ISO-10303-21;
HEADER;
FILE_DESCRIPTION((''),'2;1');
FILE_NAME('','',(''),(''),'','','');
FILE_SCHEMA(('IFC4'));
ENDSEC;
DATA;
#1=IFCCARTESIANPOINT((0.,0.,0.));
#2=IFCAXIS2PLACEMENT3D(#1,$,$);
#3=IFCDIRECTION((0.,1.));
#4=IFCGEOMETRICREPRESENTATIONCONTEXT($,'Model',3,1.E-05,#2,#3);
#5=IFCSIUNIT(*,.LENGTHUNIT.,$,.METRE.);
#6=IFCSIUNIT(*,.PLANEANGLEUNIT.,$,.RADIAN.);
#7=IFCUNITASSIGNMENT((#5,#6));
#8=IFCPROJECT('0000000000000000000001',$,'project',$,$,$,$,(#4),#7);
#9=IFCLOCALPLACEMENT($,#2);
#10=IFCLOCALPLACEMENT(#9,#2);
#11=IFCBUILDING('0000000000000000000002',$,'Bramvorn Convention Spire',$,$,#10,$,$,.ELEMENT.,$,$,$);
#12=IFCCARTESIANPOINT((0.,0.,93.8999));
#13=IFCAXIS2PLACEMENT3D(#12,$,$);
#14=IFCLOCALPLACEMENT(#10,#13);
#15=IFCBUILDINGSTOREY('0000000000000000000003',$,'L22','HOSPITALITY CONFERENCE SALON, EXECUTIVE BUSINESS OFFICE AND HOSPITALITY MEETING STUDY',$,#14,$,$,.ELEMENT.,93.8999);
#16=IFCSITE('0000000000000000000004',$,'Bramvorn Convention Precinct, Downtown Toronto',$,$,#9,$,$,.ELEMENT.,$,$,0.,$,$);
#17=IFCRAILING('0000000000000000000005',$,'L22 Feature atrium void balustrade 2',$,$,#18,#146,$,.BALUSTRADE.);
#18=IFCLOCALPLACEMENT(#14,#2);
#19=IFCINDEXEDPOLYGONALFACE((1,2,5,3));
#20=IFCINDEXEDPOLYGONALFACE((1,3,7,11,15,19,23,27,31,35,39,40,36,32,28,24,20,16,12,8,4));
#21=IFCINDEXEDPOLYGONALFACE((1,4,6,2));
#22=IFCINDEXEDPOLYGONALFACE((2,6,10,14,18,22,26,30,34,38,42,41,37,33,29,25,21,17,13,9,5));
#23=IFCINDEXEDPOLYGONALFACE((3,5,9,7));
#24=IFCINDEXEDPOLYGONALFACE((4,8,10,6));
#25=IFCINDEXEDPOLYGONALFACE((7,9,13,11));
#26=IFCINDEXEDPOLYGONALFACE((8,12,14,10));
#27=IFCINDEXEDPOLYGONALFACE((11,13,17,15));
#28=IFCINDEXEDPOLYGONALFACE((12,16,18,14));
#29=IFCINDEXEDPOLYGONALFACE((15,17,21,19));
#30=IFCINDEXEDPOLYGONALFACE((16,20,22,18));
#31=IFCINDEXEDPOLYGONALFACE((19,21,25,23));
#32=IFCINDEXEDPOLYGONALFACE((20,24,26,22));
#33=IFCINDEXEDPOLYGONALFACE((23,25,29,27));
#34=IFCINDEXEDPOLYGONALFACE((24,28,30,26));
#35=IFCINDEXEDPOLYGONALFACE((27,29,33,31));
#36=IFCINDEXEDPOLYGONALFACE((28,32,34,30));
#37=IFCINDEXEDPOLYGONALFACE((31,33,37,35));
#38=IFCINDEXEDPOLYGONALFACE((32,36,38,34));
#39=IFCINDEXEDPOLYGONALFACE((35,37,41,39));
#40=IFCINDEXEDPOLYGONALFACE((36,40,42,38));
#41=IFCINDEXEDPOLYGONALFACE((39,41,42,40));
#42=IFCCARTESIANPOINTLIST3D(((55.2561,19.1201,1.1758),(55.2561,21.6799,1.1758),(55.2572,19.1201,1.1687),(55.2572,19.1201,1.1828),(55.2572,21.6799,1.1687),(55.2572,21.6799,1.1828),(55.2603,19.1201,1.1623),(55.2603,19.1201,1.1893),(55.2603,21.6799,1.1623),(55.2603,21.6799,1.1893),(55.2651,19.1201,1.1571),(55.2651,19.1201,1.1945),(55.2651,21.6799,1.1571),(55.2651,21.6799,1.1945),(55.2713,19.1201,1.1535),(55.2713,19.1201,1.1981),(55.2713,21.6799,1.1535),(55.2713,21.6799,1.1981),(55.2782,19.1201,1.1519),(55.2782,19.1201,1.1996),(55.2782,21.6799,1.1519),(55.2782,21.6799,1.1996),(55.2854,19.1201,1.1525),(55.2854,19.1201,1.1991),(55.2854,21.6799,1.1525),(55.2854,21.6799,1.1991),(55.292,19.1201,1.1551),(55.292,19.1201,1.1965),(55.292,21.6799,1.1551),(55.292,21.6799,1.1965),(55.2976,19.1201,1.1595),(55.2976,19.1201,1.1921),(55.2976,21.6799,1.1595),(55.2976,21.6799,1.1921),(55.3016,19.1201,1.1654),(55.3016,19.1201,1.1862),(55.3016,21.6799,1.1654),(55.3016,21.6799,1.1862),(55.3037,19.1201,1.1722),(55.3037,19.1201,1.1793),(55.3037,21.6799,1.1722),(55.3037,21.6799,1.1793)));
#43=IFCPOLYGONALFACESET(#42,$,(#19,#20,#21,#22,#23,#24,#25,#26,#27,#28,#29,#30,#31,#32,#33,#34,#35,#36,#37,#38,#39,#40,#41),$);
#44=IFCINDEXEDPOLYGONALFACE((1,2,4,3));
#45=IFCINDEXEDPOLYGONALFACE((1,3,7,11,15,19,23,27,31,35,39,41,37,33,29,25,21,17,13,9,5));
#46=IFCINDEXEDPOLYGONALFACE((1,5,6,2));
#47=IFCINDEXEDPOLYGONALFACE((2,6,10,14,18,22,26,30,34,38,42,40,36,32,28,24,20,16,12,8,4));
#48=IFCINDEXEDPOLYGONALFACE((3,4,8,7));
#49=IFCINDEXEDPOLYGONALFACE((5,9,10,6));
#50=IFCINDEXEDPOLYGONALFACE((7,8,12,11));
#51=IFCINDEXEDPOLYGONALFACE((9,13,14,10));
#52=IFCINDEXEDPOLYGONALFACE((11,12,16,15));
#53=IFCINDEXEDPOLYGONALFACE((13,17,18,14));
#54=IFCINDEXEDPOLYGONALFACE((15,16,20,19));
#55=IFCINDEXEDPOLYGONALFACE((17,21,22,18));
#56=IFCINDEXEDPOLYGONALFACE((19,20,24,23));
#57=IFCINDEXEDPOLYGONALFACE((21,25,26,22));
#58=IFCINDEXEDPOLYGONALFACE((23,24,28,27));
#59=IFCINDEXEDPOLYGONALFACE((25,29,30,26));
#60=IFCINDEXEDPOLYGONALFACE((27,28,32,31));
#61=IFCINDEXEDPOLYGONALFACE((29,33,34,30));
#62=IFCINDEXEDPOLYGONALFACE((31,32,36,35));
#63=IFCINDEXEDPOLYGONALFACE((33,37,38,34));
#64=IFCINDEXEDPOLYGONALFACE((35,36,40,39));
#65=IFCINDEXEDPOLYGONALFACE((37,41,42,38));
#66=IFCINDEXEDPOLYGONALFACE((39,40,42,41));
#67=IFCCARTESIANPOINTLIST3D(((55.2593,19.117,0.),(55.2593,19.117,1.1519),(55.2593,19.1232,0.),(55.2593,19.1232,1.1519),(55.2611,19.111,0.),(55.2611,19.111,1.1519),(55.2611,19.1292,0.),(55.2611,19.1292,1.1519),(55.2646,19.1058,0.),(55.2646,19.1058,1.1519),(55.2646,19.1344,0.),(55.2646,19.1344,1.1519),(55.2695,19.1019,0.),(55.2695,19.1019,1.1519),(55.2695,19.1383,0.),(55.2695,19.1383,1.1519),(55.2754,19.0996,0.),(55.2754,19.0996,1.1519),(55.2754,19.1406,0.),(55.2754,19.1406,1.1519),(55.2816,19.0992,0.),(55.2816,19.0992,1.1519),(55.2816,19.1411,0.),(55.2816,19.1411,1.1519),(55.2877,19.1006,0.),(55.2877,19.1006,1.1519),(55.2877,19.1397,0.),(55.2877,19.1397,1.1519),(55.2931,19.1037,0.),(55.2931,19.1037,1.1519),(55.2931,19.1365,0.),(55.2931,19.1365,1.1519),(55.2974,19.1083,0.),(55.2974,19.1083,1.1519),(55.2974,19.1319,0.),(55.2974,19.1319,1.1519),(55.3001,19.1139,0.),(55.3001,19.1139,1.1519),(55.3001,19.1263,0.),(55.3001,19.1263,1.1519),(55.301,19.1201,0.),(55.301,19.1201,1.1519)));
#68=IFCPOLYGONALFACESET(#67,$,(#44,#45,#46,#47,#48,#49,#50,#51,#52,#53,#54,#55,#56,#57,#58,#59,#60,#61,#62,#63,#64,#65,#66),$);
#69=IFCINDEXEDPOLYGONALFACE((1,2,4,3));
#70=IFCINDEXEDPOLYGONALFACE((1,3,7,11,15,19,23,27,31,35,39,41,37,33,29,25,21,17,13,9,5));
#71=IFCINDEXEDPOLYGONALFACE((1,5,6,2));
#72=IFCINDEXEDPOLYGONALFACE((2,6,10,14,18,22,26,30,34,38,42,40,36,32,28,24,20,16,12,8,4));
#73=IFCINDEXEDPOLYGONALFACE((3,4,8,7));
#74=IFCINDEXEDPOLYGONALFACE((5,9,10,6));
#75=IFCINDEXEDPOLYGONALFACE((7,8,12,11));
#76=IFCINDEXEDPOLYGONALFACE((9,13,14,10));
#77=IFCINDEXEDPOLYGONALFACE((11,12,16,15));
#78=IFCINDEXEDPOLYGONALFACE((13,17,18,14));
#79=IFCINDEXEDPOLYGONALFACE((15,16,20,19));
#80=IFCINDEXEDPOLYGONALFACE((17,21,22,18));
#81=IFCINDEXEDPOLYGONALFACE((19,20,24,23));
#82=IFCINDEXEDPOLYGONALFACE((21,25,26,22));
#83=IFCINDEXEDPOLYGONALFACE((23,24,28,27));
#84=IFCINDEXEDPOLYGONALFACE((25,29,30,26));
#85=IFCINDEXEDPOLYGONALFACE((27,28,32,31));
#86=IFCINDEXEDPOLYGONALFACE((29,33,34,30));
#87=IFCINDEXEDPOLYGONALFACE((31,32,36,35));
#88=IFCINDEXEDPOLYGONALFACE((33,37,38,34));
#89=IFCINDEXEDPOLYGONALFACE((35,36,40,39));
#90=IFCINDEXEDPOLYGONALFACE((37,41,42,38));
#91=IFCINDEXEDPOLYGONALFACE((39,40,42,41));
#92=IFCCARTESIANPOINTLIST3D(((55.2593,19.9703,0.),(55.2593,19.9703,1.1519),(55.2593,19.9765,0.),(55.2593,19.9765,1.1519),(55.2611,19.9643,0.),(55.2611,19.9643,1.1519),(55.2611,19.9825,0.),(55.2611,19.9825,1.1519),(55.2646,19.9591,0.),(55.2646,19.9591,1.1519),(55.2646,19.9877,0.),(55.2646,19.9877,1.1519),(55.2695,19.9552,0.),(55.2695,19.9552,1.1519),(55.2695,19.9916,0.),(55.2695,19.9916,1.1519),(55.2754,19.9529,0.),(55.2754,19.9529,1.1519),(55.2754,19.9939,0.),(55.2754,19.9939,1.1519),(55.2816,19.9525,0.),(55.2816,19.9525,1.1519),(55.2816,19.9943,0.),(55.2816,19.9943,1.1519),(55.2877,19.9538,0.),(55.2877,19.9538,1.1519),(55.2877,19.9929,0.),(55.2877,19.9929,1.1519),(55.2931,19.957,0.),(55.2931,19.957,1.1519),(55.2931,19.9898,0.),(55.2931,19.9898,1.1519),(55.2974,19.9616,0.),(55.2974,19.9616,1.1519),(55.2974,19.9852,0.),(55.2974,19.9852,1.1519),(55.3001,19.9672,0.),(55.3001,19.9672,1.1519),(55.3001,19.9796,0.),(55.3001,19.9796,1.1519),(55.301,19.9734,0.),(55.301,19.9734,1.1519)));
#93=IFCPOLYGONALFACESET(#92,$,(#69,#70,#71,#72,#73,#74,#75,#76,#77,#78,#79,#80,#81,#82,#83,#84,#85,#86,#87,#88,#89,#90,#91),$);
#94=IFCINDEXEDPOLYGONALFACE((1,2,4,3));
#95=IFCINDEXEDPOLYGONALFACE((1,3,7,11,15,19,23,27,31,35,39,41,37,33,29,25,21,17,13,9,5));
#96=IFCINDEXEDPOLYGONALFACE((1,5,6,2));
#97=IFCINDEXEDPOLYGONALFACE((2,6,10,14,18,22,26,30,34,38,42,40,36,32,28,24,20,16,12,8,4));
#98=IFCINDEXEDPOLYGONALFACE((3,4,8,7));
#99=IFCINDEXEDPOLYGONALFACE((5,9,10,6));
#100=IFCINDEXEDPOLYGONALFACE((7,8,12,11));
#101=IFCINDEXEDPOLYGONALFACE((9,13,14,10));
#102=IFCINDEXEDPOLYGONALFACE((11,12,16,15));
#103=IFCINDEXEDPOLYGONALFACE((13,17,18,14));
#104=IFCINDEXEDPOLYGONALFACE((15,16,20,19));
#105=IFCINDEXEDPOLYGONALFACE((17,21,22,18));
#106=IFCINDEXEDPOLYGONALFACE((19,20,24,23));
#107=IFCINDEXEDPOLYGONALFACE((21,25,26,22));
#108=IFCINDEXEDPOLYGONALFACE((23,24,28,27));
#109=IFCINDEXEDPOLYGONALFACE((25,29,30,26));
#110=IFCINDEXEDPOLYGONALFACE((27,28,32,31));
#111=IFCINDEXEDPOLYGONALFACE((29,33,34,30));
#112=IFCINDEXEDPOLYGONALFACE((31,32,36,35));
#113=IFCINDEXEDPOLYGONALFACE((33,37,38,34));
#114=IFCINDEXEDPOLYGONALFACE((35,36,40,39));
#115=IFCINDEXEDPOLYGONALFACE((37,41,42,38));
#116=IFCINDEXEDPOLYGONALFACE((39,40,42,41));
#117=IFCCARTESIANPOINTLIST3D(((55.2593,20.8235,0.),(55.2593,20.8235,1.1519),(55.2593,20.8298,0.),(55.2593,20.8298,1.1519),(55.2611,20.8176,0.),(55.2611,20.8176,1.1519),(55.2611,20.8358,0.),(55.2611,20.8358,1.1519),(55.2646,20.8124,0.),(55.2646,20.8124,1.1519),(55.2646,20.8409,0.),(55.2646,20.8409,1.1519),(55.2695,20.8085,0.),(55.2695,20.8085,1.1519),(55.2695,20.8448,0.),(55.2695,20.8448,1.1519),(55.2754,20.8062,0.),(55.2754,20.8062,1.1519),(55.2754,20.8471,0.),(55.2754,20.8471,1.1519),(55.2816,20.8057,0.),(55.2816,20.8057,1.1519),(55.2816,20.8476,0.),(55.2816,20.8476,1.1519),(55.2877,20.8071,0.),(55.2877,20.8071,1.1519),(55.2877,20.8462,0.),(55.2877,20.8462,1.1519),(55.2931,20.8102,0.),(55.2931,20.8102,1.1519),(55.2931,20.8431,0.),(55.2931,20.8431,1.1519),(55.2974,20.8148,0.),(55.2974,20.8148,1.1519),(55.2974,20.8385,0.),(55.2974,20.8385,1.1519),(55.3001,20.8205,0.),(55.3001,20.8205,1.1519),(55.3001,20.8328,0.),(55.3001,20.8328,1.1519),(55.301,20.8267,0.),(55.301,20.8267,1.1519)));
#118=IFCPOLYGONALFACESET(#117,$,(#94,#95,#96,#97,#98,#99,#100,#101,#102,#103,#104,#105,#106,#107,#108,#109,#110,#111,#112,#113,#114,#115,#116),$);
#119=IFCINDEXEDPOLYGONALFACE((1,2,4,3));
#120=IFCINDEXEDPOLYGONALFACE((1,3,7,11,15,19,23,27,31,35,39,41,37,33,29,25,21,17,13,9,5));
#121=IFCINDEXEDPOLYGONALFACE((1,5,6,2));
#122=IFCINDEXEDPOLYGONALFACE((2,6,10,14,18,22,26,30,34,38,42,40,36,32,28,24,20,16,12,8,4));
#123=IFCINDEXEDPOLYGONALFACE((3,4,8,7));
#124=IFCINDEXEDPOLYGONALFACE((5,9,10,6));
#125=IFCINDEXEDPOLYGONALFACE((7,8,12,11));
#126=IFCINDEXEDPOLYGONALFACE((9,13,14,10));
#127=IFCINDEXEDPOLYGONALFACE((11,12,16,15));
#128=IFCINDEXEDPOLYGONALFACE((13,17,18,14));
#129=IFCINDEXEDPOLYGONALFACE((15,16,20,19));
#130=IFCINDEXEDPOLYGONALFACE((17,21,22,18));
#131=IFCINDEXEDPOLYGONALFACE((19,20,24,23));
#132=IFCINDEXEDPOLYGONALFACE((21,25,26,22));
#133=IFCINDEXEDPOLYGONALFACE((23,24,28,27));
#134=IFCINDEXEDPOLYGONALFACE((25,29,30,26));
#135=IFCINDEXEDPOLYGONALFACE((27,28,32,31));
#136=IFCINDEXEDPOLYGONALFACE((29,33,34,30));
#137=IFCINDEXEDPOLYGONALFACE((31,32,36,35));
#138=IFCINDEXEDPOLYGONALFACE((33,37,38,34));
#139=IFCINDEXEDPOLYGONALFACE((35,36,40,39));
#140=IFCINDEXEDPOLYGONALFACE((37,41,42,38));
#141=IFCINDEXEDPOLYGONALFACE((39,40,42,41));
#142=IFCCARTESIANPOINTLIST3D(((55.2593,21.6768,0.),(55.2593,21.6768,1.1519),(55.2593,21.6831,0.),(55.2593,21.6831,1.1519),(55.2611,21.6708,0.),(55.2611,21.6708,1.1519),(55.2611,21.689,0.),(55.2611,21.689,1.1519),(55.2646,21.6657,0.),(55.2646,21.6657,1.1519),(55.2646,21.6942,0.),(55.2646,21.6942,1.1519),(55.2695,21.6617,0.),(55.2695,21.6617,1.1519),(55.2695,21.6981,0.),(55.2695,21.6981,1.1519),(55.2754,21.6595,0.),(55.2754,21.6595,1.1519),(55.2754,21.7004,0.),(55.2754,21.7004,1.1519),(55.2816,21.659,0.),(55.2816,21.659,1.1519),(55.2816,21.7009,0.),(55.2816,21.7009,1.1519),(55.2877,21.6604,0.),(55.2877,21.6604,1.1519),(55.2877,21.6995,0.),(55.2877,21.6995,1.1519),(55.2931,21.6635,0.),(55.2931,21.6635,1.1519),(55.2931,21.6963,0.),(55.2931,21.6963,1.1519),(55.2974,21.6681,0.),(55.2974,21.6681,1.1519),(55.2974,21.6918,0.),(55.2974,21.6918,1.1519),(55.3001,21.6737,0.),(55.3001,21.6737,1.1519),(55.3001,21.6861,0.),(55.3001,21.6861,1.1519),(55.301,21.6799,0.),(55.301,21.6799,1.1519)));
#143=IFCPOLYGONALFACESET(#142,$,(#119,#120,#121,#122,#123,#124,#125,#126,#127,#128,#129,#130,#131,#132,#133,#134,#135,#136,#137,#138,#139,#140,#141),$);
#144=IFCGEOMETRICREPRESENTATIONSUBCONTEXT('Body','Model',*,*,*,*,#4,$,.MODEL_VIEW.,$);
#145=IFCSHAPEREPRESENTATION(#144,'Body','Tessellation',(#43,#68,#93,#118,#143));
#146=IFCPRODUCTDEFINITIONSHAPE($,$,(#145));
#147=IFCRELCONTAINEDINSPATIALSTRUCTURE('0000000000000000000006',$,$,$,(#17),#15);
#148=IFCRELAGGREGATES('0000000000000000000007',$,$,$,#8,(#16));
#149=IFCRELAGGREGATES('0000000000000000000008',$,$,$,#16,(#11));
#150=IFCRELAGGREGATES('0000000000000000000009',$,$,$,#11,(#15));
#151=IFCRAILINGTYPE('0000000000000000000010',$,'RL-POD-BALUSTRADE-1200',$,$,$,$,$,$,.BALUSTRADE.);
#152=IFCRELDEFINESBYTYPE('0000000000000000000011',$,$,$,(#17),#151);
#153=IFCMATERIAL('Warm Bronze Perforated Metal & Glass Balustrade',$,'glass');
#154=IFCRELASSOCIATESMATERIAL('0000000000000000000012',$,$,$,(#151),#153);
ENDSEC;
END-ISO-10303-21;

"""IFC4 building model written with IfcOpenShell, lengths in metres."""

from ifc_helpers import new_model, si_unit, direction, frame, origin, origin_2d, place, context, subcontext, project, spatial, circle, extrude, material, type_object, element, save


model = new_model("IFC4")

# Units and contexts
model_context = context("Model", 3, precision=1e-05, world=origin(), true_north=direction((0.0, 1.0)))
body_context = subcontext(model_context, "Body", "Model", "MODEL_VIEW")
ifc_project = project(units=[si_unit("LENGTHUNIT", "METRE"), si_unit("PLANEANGLEUNIT", "RADIAN")], contexts=[model_context])

# Site, building, storey
site_placement = place(None, origin())
site = spatial("IfcSite", under=ifc_project, at=site_placement, Name="Bramvorn Convention Precinct, Downtown Toronto", CompositionType="ELEMENT", RefElevation=0.0)
building_placement = place(site_placement, origin())
building = spatial("IfcBuilding", under=site, at=building_placement, Name="Bramvorn Convention Spire", CompositionType="ELEMENT")
storey_placement = place(building_placement, frame((0.0, 0.0, 93.8999)))
storey = spatial("IfcBuildingStorey", under=building, at=storey_placement, Name="L22", Description="HOSPITALITY CONFERENCE SALON, EXECUTIVE BUSINESS OFFICE AND HOSPITALITY MEETING STUDY", CompositionType="ELEMENT", Elevation=93.8999)

# Railing
ifc_material_1 = material(Name="Warm Bronze Perforated Metal & Glass Balustrade", Category="glass")
railing_type = type_object("IfcRailingType", Name="RL-POD-BALUSTRADE-1200", PredefinedType="BALUSTRADE", material=ifc_material_1)
railing_1_placement = place(storey_placement, frame((55.28, 19.1201, 0.0)))
element("IfcRailing", 1, at=railing_1_placement, inside=storey, type_object=railing_type, Name="L22 Feature atrium void balustrade 2", PredefinedType="BALUSTRADE", context=body_context, shape_type="SweptSolid", body=[
    extrude(circle(Radius=0.0239, at=origin_2d()), frame((0.0, 0.0, 1.1758), z_axis=(0.0, 1.0, 0.0), x_axis=(-1.0, 0.0, 0.0)), (0.0, 0.0, 1.0), 2.5598),
    extrude(circle(Radius=0.021, at=origin_2d()), origin(), (0.0, 0.0, 1.0), 1.1519),
    extrude(circle(Radius=0.021, at=origin_2d()), frame((0.0, 0.8533, 0.0)), (0.0, 0.0, 1.0), 1.1519),
    extrude(circle(Radius=0.021, at=origin_2d()), frame((0.0, 1.7065, 0.0)), (0.0, 0.0, 1.0), 1.1519),
    extrude(circle(Radius=0.021, at=origin_2d()), frame((0.0, 2.5598, 0.0)), (0.0, 0.0, 1.0), 1.1519),
])

save(model, "model.ifc")
